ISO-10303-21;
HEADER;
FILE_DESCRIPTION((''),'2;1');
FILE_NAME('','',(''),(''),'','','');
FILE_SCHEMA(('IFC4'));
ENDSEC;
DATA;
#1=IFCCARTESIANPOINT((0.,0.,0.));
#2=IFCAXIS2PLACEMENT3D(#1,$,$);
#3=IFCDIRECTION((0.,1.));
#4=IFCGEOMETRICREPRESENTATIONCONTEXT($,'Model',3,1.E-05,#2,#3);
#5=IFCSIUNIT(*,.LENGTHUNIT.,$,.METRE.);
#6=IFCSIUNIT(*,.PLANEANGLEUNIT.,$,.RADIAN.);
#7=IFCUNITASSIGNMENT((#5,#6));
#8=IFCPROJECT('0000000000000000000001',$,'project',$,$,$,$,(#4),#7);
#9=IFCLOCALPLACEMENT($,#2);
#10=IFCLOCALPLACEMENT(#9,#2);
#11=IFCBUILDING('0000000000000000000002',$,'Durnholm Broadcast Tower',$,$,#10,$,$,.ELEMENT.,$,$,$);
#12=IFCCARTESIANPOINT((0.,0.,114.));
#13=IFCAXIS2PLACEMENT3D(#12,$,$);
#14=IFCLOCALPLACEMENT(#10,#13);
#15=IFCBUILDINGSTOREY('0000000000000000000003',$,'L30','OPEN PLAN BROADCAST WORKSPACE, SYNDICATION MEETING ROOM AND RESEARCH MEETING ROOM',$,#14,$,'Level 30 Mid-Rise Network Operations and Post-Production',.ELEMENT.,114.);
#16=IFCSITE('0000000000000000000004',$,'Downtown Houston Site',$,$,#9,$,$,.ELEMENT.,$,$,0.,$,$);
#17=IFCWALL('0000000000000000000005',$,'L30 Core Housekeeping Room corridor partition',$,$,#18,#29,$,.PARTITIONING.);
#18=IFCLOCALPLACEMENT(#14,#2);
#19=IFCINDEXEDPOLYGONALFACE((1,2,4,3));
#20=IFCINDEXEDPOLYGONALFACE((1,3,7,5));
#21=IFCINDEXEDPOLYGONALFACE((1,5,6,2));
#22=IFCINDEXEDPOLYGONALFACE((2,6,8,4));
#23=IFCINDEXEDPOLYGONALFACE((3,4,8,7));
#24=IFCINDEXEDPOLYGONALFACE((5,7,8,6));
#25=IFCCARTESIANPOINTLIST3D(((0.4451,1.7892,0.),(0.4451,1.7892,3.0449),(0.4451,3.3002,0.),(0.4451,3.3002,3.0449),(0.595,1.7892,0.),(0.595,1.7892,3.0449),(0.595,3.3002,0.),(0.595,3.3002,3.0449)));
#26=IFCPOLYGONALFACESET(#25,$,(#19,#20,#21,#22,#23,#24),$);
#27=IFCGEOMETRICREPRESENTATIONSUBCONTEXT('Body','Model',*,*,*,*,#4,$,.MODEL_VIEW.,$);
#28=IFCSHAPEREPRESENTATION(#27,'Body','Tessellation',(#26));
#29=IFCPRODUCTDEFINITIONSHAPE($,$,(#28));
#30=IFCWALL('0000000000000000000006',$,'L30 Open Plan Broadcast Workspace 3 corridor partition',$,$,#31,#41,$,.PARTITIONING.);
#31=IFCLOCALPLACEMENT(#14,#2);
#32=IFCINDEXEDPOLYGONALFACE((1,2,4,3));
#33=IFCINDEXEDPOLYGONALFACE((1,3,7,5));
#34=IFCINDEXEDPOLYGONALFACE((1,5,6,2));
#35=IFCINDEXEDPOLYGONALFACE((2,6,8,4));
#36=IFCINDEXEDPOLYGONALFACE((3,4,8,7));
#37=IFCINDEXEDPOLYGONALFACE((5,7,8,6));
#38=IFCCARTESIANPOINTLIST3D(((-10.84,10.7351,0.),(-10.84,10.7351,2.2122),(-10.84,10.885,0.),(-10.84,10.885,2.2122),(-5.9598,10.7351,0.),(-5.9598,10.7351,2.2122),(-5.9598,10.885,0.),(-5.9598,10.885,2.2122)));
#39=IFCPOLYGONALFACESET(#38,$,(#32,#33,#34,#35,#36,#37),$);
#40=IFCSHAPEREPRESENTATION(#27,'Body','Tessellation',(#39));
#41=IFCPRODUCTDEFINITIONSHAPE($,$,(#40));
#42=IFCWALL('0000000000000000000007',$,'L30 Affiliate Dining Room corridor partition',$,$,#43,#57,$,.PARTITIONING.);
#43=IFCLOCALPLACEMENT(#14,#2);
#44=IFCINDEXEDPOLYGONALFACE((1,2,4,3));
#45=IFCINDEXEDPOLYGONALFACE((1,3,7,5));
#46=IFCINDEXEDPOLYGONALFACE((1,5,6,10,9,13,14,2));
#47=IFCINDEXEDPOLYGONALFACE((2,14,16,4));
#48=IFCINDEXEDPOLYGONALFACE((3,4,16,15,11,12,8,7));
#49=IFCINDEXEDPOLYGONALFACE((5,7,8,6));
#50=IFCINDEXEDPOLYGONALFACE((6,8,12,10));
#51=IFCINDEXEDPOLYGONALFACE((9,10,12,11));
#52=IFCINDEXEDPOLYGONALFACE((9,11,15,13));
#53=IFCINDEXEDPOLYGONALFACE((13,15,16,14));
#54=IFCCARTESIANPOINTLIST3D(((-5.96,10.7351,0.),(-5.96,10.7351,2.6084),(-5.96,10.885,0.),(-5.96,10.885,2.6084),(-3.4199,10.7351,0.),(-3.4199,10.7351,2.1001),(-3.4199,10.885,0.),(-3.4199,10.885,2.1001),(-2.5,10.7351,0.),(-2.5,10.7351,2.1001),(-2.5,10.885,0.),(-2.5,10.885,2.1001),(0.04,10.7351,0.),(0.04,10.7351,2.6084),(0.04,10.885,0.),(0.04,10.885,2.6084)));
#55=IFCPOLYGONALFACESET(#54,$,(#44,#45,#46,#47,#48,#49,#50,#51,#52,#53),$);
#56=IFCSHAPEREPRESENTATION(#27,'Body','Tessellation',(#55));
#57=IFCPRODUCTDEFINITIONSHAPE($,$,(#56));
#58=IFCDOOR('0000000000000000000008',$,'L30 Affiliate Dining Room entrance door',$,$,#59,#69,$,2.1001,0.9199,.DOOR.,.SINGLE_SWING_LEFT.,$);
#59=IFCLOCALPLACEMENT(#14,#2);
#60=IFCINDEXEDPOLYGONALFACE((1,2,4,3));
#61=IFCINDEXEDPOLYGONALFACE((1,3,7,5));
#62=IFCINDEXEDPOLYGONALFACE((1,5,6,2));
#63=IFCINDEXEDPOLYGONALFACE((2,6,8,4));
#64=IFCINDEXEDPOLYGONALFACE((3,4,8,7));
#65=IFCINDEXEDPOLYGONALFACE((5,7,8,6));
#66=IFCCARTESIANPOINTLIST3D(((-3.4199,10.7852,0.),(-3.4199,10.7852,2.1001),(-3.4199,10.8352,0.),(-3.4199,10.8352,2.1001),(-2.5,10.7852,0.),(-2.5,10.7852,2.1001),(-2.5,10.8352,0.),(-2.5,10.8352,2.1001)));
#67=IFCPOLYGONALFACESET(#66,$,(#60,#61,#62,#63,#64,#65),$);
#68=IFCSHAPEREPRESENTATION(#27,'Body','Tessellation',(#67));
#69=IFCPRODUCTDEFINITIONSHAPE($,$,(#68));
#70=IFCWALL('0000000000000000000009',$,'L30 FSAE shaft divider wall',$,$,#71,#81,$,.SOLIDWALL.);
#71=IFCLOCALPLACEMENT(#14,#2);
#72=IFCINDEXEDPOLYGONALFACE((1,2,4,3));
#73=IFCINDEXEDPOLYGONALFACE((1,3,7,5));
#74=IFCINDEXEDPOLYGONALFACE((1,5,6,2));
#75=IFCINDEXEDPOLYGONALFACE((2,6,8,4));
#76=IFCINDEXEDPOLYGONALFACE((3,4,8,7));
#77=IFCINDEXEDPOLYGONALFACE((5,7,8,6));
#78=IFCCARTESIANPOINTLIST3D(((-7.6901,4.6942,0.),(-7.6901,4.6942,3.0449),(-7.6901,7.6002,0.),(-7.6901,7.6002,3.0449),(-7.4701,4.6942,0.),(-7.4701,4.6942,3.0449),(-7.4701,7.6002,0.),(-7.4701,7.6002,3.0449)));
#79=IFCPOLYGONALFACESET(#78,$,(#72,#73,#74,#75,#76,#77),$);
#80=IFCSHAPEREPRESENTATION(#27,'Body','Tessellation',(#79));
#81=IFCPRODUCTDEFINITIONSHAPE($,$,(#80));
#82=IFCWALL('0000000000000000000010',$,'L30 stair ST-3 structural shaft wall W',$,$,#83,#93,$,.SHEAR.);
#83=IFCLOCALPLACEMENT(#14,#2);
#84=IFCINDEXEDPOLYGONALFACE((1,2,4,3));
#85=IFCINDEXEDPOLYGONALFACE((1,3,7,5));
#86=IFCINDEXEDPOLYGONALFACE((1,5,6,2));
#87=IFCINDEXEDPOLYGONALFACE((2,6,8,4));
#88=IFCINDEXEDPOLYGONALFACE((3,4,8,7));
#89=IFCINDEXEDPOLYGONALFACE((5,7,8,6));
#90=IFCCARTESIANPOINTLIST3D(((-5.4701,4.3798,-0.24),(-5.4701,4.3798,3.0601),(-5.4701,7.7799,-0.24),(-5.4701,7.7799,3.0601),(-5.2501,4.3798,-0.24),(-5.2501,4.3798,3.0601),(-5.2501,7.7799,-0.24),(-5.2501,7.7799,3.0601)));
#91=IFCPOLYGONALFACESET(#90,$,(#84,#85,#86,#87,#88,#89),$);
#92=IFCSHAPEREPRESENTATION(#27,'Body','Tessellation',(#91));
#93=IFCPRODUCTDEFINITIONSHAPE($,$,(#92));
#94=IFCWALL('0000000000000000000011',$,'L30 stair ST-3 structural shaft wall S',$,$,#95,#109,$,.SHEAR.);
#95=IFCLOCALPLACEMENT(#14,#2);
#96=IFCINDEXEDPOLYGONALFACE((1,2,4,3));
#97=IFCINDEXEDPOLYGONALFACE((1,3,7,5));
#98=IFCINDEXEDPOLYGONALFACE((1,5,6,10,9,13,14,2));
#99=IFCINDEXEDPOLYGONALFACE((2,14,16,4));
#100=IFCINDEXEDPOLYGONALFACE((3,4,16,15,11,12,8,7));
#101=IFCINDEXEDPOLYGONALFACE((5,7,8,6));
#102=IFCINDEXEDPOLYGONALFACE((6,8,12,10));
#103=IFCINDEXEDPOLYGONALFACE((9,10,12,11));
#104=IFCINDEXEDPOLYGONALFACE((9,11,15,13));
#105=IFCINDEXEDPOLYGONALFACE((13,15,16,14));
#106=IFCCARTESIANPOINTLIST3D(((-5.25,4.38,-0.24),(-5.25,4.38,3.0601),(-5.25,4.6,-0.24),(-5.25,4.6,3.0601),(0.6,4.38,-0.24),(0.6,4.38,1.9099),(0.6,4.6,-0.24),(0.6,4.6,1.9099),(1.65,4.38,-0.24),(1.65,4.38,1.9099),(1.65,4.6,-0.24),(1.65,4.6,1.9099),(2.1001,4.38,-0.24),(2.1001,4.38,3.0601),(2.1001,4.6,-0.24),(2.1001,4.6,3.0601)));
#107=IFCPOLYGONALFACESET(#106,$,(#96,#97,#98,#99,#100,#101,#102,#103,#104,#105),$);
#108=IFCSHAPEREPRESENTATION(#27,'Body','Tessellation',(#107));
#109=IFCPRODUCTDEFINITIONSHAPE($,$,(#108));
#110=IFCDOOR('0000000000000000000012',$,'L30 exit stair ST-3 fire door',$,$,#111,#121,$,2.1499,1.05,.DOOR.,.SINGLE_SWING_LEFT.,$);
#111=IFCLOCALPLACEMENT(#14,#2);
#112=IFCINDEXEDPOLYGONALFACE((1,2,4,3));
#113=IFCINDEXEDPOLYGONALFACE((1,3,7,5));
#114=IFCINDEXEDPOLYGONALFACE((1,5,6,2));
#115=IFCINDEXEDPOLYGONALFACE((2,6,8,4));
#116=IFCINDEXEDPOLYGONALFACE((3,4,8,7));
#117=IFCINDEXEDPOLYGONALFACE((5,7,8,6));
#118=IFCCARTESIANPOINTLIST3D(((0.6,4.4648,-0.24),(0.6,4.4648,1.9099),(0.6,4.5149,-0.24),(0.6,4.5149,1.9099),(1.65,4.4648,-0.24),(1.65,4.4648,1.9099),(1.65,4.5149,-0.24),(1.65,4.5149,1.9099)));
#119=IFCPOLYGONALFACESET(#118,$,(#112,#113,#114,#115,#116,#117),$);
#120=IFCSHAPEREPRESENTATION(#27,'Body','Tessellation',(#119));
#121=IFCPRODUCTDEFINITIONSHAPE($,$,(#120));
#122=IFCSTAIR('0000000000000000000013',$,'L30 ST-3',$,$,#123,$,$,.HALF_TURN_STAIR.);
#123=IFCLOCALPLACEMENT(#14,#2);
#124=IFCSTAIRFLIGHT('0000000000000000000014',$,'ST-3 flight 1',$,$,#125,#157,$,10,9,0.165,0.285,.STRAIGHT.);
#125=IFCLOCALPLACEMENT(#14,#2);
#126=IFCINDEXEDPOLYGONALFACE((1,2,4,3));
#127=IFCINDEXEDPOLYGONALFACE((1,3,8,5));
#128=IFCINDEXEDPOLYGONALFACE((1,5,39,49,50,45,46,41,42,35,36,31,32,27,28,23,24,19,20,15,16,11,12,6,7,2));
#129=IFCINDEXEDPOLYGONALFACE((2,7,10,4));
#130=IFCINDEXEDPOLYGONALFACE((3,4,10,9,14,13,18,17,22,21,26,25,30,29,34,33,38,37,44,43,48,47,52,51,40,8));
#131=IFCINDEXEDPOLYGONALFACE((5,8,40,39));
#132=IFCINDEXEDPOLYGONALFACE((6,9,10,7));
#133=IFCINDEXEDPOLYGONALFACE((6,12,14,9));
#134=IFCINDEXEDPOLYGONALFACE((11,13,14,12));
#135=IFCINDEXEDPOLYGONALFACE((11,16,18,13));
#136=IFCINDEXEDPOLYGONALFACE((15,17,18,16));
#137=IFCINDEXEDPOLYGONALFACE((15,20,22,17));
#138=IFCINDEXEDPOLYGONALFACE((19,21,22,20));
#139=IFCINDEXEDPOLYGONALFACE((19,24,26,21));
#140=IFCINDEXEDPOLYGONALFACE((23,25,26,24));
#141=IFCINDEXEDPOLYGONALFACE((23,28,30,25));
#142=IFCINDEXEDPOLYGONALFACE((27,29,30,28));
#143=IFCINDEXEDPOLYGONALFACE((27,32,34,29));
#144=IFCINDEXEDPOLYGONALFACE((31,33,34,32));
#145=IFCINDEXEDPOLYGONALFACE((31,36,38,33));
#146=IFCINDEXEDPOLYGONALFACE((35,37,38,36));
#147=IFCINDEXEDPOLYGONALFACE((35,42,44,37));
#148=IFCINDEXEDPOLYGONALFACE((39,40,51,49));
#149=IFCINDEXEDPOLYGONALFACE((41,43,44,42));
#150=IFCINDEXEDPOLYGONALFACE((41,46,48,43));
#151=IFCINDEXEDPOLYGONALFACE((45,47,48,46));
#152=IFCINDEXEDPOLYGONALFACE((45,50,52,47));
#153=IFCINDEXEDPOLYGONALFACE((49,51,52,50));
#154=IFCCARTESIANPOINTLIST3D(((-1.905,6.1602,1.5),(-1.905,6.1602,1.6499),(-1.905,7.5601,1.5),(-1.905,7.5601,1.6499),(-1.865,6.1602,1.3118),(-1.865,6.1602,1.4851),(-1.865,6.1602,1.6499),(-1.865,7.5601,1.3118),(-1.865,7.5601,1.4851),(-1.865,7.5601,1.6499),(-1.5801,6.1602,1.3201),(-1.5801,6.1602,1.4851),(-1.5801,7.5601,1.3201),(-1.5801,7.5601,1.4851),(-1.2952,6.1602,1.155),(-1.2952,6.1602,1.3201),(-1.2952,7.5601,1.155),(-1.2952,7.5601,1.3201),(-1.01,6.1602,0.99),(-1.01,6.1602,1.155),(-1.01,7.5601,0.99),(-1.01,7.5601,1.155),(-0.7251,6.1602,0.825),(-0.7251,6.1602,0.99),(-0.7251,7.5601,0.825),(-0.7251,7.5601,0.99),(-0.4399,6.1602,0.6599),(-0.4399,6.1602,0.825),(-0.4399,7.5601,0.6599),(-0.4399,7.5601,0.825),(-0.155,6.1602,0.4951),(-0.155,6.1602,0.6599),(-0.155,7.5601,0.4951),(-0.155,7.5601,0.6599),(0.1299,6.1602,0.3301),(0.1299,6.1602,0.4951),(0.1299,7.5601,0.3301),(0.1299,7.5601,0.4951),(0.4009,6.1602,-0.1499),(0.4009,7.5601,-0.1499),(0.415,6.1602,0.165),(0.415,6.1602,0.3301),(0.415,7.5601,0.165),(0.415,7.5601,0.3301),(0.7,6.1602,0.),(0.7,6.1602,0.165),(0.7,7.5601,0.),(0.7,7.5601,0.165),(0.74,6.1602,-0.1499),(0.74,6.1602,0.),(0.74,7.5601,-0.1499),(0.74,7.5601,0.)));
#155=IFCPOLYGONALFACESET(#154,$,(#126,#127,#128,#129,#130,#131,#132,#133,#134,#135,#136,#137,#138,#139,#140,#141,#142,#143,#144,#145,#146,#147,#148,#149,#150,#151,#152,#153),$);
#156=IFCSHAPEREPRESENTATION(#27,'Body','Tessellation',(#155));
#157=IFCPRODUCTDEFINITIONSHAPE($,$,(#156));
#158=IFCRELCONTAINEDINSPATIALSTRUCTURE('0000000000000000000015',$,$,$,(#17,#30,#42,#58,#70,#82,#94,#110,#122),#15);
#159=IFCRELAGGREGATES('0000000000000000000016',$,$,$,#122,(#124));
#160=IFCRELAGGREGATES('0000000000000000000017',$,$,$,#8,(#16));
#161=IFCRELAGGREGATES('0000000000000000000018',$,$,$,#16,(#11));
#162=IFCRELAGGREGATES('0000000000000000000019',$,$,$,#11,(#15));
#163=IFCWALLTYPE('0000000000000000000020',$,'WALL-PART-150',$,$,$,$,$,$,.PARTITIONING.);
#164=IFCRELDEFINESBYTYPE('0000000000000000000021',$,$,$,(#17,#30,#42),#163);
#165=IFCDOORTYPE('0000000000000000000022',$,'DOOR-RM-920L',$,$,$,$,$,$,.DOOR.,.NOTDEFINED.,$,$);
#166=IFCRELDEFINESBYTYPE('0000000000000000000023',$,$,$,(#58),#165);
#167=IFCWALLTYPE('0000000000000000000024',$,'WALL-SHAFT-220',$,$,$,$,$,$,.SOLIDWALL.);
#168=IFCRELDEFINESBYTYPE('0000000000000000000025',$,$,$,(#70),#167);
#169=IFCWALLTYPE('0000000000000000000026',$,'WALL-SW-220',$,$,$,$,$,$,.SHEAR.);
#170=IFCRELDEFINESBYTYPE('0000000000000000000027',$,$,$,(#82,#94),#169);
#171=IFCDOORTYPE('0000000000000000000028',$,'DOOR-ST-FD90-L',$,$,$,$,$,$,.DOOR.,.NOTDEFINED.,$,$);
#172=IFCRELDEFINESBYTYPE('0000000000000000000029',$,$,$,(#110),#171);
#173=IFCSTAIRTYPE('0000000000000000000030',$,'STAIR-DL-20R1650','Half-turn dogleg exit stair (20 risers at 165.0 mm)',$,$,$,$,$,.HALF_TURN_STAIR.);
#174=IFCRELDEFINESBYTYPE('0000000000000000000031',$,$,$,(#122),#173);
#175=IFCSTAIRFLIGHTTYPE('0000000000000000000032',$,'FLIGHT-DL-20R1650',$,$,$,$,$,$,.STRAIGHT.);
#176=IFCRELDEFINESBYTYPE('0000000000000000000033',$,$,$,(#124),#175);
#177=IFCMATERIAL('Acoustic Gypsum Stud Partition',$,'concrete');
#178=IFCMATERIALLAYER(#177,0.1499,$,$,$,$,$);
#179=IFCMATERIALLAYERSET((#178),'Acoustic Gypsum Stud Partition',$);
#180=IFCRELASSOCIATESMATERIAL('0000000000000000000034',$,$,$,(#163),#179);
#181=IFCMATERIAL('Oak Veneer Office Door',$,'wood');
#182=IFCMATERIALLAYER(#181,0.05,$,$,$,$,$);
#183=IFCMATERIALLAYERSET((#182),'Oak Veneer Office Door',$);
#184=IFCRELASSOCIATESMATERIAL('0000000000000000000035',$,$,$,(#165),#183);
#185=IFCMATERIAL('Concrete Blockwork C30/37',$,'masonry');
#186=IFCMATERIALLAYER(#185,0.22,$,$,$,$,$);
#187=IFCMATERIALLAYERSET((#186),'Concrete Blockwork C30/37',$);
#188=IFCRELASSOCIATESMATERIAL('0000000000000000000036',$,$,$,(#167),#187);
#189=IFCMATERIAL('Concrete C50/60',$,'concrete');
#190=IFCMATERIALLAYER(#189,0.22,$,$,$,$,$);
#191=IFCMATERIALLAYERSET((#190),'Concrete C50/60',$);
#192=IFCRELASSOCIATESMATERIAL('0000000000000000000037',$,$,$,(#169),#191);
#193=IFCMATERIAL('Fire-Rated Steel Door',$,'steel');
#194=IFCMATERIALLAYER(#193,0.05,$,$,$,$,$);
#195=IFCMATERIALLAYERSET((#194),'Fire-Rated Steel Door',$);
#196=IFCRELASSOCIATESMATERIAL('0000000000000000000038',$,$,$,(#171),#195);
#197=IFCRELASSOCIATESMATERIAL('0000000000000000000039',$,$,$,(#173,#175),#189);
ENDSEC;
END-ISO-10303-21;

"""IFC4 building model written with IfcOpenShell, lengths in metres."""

from ifc_helpers import new_model, si_unit, direction, frame, frame_2d, origin, place, context, subcontext, project, spatial, polyline, rectangle, outline, extrude, source, transform, mapped, material, layer, layer_set, type_object, type_shapes, element, fill, aggregate, save


model = new_model("IFC4")

# Units and contexts
model_context = context("Model", 3, precision=1e-05, world=origin(), true_north=direction((0.0, 1.0)))
body_context = subcontext(model_context, "Body", "Model", "MODEL_VIEW")
ifc_project = project(units=[si_unit("LENGTHUNIT", "METRE"), si_unit("PLANEANGLEUNIT", "RADIAN")], contexts=[model_context])

# Site, building, storey
site_placement = place(None, origin())
site = spatial("IfcSite", under=ifc_project, at=site_placement, Name="Downtown Houston Site", CompositionType="ELEMENT", RefElevation=0.0)
building_placement = place(site_placement, origin())
building = spatial("IfcBuilding", under=site, at=building_placement, Name="Durnholm Broadcast Tower", CompositionType="ELEMENT")
storey_placement = place(building_placement, frame((0.0, 0.0, 114.0)))
storey = spatial("IfcBuildingStorey", under=building, at=storey_placement, Name="L30", Description="OPEN PLAN BROADCAST WORKSPACE, SYNDICATION MEETING ROOM AND RESEARCH MEETING ROOM", LongName="Level 30 Mid-Rise Network Operations and Post-Production", CompositionType="ELEMENT", Elevation=114.0)

# Shared definitions
ifc_material_1 = material(Name="Acoustic Gypsum Stud Partition", Category="concrete")
ifc_layer_1 = layer(ifc_material_1, 0.1499)
ifc_layer_set_1 = layer_set([ifc_layer_1], Name="Acoustic Gypsum Stud Partition")
wall_type_1 = type_object("IfcWallType", Name="WALL-PART-150", PredefinedType="PARTITIONING", material=ifc_layer_set_1)

# Walls
wall_1_placement = place(storey_placement, frame((0.52, 3.3, 0.0), z_axis=(0.0, 0.0, 1.0), x_axis=(0.0, -1.0, 0.0)))
element("IfcWall", 1, at=wall_1_placement, inside=storey, type_object=wall_type_1, Name="L30 Core Housekeeping Room corridor partition", PredefinedType="PARTITIONING", context=body_context, shape_type="SweptSolid", body=[
    extrude(rectangle(XDim=1.511, YDim=0.1499, at=frame_2d((0.7554, 0.0))), origin(), (0.0, 0.0, 1.0), 3.0449),
])
wall_2_placement = place(storey_placement, frame((-5.96, 10.8101, 0.0), z_axis=(0.0, 0.0, 1.0), x_axis=(-1.0, 0.0, 0.0)))
element("IfcWall", 2, at=wall_2_placement, inside=storey, type_object=wall_type_1, Name="L30 Open Plan Broadcast Workspace 3 corridor partition", PredefinedType="PARTITIONING", context=body_context, shape_type="SweptSolid", body=[
    extrude(rectangle(XDim=4.8801, YDim=0.1499, at=frame_2d((2.4399, 0.0))), origin(), (0.0, 0.0, 1.0), 2.2122),
])

# Wall, opening, door
wall_3_placement = place(storey_placement, frame((0.04, 10.8101, 0.0), z_axis=(0.0, 0.0, 1.0), x_axis=(-1.0, 0.0, 0.0)))
wall_3 = element("IfcWall", 3, at=wall_3_placement, inside=storey, type_object=wall_type_1, Name="L30 Affiliate Dining Room corridor partition", PredefinedType="PARTITIONING", context=body_context, shape_type="SweptSolid", body=[
    extrude(rectangle(XDim=6.0, YDim=0.1499, at=frame_2d((3.0, 0.0))), origin(), (0.0, 0.0, 1.0), 2.6084),
])
opening_1_placement = place(wall_3_placement, frame((2.54, 0.0, 0.0)))
opening_1 = element("IfcOpeningElement", 4, at=opening_1_placement, cuts=wall_3, PredefinedType="OPENING", context=body_context, shape_type="SweptSolid", body=[
    extrude(rectangle(XDim=0.9199, YDim=2.1001, at=frame_2d((0.46, 1.05))), frame((0.0, 0.085, 0.0), z_axis=(0.0, -1.0, 0.0), x_axis=(1.0, 0.0, 0.0)), (0.0, 0.0, 1.0), 0.1699),
])
ifc_material_2 = material(Name="Oak Veneer Office Door", Category="wood")
ifc_layer_2 = layer(ifc_material_2, 0.05)
ifc_layer_set_2 = layer_set([ifc_layer_2], Name="Oak Veneer Office Door")
door_type_1 = type_object("IfcDoorType", Name="DOOR-RM-920L", OperationType="NOTDEFINED", PredefinedType="DOOR", material=ifc_layer_set_2)
shared_shape_1 = source(origin(), body_context, "Body", "SweptSolid", [
    extrude(rectangle(XDim=0.9199, YDim=2.1001, at=frame_2d((0.46, 1.05))), frame((0.0, 0.0249, 0.0), z_axis=(0.0, -1.0, 0.0), x_axis=(1.0, 0.0, 0.0)), (0.0, 0.0, 1.0), 0.05),
])
type_shapes(door_type_1, [shared_shape_1])
door_1_placement = place(opening_1_placement, origin())
door_1 = element("IfcDoor", 5, at=door_1_placement, inside=storey, type_object=door_type_1, Name="L30 Affiliate Dining Room entrance door", OperationType="SINGLE_SWING_LEFT", OverallHeight=2.1001, OverallWidth=0.9199, PredefinedType="DOOR", context=body_context, shape_type="MappedRepresentation", body=[
    mapped(shared_shape_1, transform((0.0, 0.0, 0.0), x_axis=(1.0, 0.0, 0.0), y_axis=(0.0, 1.0, 0.0), z_axis=(0.0, 0.0, 1.0), scale=1.0)),
])
fill(opening_1, door_1)

# Shared definitions
ifc_material_3 = material(Name="Concrete Blockwork C30/37", Category="masonry")
ifc_layer_3 = layer(ifc_material_3, 0.22)
ifc_layer_set_3 = layer_set([ifc_layer_3], Name="Concrete Blockwork C30/37")
wall_type_2 = type_object("IfcWallType", Name="WALL-SHAFT-220", PredefinedType="SOLIDWALL", material=ifc_layer_set_3)

# Walls
wall_4_placement = place(storey_placement, frame((-7.5801, 4.6941, 0.0), z_axis=(0.0, 0.0, 1.0), x_axis=(0.0, 1.0, 0.0)))
element("IfcWall", 6, at=wall_4_placement, inside=storey, type_object=wall_type_2, Name="L30 FSAE shaft divider wall", PredefinedType="SOLIDWALL", context=body_context, shape_type="SweptSolid", body=[
    extrude(rectangle(XDim=2.906, YDim=0.22, at=frame_2d((1.4531, 0.0))), origin(), (0.0, 0.0, 1.0), 3.0449),
])
ifc_material_4 = material(Name="Concrete C50/60", Category="concrete")
ifc_layer_4 = layer(ifc_material_4, 0.22)
ifc_layer_set_4 = layer_set([ifc_layer_4], Name="Concrete C50/60")
wall_type_3 = type_object("IfcWallType", Name="WALL-SW-220", PredefinedType="SHEAR", material=ifc_layer_set_4)
wall_5_placement = place(storey_placement, frame((-5.3601, 7.78, -0.24), z_axis=(0.0, 0.0, 1.0), x_axis=(0.0, -1.0, 0.0)))
element("IfcWall", 7, at=wall_5_placement, inside=storey, type_object=wall_type_3, Name="L30 stair ST-3 structural shaft wall W", PredefinedType="SHEAR", context=body_context, shape_type="SweptSolid", body=[
    extrude(rectangle(XDim=3.4001, YDim=0.22, at=frame_2d((1.7002, 0.0))), origin(), (0.0, 0.0, 1.0), 3.3),
])

# Wall, opening, door
wall_6_placement = place(storey_placement, frame((-5.25, 4.49, -0.24), z_axis=(0.0, 0.0, 1.0), x_axis=(1.0, 0.0, 0.0)))
wall_6 = element("IfcWall", 8, at=wall_6_placement, inside=storey, type_object=wall_type_3, Name="L30 stair ST-3 structural shaft wall S", PredefinedType="SHEAR", context=body_context, shape_type="SweptSolid", body=[
    extrude(rectangle(XDim=7.3501, YDim=0.22, at=frame_2d((3.675, 0.0))), origin(), (0.0, 0.0, 1.0), 3.3),
])
opening_2_placement = place(wall_6_placement, frame((5.8501, 0.0, 0.0)))
opening_2 = element("IfcOpeningElement", 9, at=opening_2_placement, cuts=wall_6, PredefinedType="OPENING", context=body_context, shape_type="SweptSolid", body=[
    extrude(rectangle(XDim=1.05, YDim=2.1499, at=frame_2d((0.5249, 1.075))), frame((0.0, 0.1201, 0.0), z_axis=(0.0, -1.0, 0.0), x_axis=(1.0, 0.0, 0.0)), (0.0, 0.0, 1.0), 0.24),
])
ifc_material_5 = material(Name="Fire-Rated Steel Door", Category="steel")
ifc_layer_5 = layer(ifc_material_5, 0.05)
ifc_layer_set_5 = layer_set([ifc_layer_5], Name="Fire-Rated Steel Door")
door_type_2 = type_object("IfcDoorType", Name="DOOR-ST-FD90-L", OperationType="NOTDEFINED", PredefinedType="DOOR", material=ifc_layer_set_5)
shared_shape_2 = source(origin(), body_context, "Body", "SweptSolid", [
    extrude(rectangle(XDim=1.05, YDim=2.1499, at=frame_2d((0.5249, 1.075))), frame((0.0, 0.0249, 0.0), z_axis=(0.0, -1.0, 0.0), x_axis=(1.0, 0.0, 0.0)), (0.0, 0.0, 1.0), 0.05),
])
type_shapes(door_type_2, [shared_shape_2])
door_2_placement = place(opening_2_placement, origin())
door_2 = element("IfcDoor", 10, at=door_2_placement, inside=storey, type_object=door_type_2, Name="L30 exit stair ST-3 fire door", OperationType="SINGLE_SWING_LEFT", OverallHeight=2.1499, OverallWidth=1.05, PredefinedType="DOOR", context=body_context, shape_type="MappedRepresentation", body=[
    mapped(shared_shape_2, transform((0.0, 0.0, 0.0), x_axis=(1.0, 0.0, 0.0), y_axis=(0.0, 1.0, 0.0), z_axis=(0.0, 0.0, 1.0), scale=1.0)),
])
fill(opening_2, door_2)

# Stair, stair flight
stair_type = type_object("IfcStairType", Name="STAIR-DL-20R1650", Description="Half-turn dogleg exit stair (20 risers at 165.0 mm)", PredefinedType="HALF_TURN_STAIR", material=ifc_material_4)
stair_placement = place(storey_placement, origin())
stair = element("IfcStair", 11, at=stair_placement, inside=storey, type_object=stair_type, Name="L30 ST-3", PredefinedType="HALF_TURN_STAIR")
stair_flight_type = type_object("IfcStairFlightType", Name="FLIGHT-DL-20R1650", PredefinedType="STRAIGHT", material=ifc_material_4)
stair_flight_1_placement = place(storey_placement, frame((0.7, 6.8601, 0.0), z_axis=(0.0, 0.0, 1.0), x_axis=(-1.0, 0.0, 0.0)))
stair_flight_1 = element("IfcStairFlight", 12, at=stair_flight_1_placement, type_object=stair_flight_type, Name="ST-3 flight 1", NumberOfRisers=10, NumberOfTreads=9, PredefinedType="STRAIGHT", RiserHeight=0.165, TreadLength=0.285, context=body_context, shape_type="SweptSolid", body=[
    extrude(outline(polyline([(-0.04, -0.1499), (-0.04, 0.0), (0.0, 0.0), (0.0, 0.165), (0.2849, 0.165), (0.2849, 0.3301), (0.5701, 0.3301), (0.5701, 0.4951), (0.855, 0.4951), (0.855, 0.6599), (1.1399, 0.6599), (1.1399, 0.825), (1.425, 0.825), (1.425, 0.99), (1.71, 0.99), (1.71, 1.155), (1.9951, 1.155), (1.9951, 1.3201), (2.28, 1.3201), (2.28, 1.4851), (2.5649, 1.4851), (2.5649, 1.6499), (2.605, 1.6499), (2.605, 1.5), (2.5649, 1.3118), (0.2991, -0.1499), (-0.04, -0.1499)])), frame((0.0, 0.7, 0.0), z_axis=(0.0, -1.0, 0.0), x_axis=(1.0, 0.0, 0.0)), (0.0, 0.0, 1.0), 1.3999),
])
aggregate(stair, [stair_flight_1])

save(model, "model.ifc")
